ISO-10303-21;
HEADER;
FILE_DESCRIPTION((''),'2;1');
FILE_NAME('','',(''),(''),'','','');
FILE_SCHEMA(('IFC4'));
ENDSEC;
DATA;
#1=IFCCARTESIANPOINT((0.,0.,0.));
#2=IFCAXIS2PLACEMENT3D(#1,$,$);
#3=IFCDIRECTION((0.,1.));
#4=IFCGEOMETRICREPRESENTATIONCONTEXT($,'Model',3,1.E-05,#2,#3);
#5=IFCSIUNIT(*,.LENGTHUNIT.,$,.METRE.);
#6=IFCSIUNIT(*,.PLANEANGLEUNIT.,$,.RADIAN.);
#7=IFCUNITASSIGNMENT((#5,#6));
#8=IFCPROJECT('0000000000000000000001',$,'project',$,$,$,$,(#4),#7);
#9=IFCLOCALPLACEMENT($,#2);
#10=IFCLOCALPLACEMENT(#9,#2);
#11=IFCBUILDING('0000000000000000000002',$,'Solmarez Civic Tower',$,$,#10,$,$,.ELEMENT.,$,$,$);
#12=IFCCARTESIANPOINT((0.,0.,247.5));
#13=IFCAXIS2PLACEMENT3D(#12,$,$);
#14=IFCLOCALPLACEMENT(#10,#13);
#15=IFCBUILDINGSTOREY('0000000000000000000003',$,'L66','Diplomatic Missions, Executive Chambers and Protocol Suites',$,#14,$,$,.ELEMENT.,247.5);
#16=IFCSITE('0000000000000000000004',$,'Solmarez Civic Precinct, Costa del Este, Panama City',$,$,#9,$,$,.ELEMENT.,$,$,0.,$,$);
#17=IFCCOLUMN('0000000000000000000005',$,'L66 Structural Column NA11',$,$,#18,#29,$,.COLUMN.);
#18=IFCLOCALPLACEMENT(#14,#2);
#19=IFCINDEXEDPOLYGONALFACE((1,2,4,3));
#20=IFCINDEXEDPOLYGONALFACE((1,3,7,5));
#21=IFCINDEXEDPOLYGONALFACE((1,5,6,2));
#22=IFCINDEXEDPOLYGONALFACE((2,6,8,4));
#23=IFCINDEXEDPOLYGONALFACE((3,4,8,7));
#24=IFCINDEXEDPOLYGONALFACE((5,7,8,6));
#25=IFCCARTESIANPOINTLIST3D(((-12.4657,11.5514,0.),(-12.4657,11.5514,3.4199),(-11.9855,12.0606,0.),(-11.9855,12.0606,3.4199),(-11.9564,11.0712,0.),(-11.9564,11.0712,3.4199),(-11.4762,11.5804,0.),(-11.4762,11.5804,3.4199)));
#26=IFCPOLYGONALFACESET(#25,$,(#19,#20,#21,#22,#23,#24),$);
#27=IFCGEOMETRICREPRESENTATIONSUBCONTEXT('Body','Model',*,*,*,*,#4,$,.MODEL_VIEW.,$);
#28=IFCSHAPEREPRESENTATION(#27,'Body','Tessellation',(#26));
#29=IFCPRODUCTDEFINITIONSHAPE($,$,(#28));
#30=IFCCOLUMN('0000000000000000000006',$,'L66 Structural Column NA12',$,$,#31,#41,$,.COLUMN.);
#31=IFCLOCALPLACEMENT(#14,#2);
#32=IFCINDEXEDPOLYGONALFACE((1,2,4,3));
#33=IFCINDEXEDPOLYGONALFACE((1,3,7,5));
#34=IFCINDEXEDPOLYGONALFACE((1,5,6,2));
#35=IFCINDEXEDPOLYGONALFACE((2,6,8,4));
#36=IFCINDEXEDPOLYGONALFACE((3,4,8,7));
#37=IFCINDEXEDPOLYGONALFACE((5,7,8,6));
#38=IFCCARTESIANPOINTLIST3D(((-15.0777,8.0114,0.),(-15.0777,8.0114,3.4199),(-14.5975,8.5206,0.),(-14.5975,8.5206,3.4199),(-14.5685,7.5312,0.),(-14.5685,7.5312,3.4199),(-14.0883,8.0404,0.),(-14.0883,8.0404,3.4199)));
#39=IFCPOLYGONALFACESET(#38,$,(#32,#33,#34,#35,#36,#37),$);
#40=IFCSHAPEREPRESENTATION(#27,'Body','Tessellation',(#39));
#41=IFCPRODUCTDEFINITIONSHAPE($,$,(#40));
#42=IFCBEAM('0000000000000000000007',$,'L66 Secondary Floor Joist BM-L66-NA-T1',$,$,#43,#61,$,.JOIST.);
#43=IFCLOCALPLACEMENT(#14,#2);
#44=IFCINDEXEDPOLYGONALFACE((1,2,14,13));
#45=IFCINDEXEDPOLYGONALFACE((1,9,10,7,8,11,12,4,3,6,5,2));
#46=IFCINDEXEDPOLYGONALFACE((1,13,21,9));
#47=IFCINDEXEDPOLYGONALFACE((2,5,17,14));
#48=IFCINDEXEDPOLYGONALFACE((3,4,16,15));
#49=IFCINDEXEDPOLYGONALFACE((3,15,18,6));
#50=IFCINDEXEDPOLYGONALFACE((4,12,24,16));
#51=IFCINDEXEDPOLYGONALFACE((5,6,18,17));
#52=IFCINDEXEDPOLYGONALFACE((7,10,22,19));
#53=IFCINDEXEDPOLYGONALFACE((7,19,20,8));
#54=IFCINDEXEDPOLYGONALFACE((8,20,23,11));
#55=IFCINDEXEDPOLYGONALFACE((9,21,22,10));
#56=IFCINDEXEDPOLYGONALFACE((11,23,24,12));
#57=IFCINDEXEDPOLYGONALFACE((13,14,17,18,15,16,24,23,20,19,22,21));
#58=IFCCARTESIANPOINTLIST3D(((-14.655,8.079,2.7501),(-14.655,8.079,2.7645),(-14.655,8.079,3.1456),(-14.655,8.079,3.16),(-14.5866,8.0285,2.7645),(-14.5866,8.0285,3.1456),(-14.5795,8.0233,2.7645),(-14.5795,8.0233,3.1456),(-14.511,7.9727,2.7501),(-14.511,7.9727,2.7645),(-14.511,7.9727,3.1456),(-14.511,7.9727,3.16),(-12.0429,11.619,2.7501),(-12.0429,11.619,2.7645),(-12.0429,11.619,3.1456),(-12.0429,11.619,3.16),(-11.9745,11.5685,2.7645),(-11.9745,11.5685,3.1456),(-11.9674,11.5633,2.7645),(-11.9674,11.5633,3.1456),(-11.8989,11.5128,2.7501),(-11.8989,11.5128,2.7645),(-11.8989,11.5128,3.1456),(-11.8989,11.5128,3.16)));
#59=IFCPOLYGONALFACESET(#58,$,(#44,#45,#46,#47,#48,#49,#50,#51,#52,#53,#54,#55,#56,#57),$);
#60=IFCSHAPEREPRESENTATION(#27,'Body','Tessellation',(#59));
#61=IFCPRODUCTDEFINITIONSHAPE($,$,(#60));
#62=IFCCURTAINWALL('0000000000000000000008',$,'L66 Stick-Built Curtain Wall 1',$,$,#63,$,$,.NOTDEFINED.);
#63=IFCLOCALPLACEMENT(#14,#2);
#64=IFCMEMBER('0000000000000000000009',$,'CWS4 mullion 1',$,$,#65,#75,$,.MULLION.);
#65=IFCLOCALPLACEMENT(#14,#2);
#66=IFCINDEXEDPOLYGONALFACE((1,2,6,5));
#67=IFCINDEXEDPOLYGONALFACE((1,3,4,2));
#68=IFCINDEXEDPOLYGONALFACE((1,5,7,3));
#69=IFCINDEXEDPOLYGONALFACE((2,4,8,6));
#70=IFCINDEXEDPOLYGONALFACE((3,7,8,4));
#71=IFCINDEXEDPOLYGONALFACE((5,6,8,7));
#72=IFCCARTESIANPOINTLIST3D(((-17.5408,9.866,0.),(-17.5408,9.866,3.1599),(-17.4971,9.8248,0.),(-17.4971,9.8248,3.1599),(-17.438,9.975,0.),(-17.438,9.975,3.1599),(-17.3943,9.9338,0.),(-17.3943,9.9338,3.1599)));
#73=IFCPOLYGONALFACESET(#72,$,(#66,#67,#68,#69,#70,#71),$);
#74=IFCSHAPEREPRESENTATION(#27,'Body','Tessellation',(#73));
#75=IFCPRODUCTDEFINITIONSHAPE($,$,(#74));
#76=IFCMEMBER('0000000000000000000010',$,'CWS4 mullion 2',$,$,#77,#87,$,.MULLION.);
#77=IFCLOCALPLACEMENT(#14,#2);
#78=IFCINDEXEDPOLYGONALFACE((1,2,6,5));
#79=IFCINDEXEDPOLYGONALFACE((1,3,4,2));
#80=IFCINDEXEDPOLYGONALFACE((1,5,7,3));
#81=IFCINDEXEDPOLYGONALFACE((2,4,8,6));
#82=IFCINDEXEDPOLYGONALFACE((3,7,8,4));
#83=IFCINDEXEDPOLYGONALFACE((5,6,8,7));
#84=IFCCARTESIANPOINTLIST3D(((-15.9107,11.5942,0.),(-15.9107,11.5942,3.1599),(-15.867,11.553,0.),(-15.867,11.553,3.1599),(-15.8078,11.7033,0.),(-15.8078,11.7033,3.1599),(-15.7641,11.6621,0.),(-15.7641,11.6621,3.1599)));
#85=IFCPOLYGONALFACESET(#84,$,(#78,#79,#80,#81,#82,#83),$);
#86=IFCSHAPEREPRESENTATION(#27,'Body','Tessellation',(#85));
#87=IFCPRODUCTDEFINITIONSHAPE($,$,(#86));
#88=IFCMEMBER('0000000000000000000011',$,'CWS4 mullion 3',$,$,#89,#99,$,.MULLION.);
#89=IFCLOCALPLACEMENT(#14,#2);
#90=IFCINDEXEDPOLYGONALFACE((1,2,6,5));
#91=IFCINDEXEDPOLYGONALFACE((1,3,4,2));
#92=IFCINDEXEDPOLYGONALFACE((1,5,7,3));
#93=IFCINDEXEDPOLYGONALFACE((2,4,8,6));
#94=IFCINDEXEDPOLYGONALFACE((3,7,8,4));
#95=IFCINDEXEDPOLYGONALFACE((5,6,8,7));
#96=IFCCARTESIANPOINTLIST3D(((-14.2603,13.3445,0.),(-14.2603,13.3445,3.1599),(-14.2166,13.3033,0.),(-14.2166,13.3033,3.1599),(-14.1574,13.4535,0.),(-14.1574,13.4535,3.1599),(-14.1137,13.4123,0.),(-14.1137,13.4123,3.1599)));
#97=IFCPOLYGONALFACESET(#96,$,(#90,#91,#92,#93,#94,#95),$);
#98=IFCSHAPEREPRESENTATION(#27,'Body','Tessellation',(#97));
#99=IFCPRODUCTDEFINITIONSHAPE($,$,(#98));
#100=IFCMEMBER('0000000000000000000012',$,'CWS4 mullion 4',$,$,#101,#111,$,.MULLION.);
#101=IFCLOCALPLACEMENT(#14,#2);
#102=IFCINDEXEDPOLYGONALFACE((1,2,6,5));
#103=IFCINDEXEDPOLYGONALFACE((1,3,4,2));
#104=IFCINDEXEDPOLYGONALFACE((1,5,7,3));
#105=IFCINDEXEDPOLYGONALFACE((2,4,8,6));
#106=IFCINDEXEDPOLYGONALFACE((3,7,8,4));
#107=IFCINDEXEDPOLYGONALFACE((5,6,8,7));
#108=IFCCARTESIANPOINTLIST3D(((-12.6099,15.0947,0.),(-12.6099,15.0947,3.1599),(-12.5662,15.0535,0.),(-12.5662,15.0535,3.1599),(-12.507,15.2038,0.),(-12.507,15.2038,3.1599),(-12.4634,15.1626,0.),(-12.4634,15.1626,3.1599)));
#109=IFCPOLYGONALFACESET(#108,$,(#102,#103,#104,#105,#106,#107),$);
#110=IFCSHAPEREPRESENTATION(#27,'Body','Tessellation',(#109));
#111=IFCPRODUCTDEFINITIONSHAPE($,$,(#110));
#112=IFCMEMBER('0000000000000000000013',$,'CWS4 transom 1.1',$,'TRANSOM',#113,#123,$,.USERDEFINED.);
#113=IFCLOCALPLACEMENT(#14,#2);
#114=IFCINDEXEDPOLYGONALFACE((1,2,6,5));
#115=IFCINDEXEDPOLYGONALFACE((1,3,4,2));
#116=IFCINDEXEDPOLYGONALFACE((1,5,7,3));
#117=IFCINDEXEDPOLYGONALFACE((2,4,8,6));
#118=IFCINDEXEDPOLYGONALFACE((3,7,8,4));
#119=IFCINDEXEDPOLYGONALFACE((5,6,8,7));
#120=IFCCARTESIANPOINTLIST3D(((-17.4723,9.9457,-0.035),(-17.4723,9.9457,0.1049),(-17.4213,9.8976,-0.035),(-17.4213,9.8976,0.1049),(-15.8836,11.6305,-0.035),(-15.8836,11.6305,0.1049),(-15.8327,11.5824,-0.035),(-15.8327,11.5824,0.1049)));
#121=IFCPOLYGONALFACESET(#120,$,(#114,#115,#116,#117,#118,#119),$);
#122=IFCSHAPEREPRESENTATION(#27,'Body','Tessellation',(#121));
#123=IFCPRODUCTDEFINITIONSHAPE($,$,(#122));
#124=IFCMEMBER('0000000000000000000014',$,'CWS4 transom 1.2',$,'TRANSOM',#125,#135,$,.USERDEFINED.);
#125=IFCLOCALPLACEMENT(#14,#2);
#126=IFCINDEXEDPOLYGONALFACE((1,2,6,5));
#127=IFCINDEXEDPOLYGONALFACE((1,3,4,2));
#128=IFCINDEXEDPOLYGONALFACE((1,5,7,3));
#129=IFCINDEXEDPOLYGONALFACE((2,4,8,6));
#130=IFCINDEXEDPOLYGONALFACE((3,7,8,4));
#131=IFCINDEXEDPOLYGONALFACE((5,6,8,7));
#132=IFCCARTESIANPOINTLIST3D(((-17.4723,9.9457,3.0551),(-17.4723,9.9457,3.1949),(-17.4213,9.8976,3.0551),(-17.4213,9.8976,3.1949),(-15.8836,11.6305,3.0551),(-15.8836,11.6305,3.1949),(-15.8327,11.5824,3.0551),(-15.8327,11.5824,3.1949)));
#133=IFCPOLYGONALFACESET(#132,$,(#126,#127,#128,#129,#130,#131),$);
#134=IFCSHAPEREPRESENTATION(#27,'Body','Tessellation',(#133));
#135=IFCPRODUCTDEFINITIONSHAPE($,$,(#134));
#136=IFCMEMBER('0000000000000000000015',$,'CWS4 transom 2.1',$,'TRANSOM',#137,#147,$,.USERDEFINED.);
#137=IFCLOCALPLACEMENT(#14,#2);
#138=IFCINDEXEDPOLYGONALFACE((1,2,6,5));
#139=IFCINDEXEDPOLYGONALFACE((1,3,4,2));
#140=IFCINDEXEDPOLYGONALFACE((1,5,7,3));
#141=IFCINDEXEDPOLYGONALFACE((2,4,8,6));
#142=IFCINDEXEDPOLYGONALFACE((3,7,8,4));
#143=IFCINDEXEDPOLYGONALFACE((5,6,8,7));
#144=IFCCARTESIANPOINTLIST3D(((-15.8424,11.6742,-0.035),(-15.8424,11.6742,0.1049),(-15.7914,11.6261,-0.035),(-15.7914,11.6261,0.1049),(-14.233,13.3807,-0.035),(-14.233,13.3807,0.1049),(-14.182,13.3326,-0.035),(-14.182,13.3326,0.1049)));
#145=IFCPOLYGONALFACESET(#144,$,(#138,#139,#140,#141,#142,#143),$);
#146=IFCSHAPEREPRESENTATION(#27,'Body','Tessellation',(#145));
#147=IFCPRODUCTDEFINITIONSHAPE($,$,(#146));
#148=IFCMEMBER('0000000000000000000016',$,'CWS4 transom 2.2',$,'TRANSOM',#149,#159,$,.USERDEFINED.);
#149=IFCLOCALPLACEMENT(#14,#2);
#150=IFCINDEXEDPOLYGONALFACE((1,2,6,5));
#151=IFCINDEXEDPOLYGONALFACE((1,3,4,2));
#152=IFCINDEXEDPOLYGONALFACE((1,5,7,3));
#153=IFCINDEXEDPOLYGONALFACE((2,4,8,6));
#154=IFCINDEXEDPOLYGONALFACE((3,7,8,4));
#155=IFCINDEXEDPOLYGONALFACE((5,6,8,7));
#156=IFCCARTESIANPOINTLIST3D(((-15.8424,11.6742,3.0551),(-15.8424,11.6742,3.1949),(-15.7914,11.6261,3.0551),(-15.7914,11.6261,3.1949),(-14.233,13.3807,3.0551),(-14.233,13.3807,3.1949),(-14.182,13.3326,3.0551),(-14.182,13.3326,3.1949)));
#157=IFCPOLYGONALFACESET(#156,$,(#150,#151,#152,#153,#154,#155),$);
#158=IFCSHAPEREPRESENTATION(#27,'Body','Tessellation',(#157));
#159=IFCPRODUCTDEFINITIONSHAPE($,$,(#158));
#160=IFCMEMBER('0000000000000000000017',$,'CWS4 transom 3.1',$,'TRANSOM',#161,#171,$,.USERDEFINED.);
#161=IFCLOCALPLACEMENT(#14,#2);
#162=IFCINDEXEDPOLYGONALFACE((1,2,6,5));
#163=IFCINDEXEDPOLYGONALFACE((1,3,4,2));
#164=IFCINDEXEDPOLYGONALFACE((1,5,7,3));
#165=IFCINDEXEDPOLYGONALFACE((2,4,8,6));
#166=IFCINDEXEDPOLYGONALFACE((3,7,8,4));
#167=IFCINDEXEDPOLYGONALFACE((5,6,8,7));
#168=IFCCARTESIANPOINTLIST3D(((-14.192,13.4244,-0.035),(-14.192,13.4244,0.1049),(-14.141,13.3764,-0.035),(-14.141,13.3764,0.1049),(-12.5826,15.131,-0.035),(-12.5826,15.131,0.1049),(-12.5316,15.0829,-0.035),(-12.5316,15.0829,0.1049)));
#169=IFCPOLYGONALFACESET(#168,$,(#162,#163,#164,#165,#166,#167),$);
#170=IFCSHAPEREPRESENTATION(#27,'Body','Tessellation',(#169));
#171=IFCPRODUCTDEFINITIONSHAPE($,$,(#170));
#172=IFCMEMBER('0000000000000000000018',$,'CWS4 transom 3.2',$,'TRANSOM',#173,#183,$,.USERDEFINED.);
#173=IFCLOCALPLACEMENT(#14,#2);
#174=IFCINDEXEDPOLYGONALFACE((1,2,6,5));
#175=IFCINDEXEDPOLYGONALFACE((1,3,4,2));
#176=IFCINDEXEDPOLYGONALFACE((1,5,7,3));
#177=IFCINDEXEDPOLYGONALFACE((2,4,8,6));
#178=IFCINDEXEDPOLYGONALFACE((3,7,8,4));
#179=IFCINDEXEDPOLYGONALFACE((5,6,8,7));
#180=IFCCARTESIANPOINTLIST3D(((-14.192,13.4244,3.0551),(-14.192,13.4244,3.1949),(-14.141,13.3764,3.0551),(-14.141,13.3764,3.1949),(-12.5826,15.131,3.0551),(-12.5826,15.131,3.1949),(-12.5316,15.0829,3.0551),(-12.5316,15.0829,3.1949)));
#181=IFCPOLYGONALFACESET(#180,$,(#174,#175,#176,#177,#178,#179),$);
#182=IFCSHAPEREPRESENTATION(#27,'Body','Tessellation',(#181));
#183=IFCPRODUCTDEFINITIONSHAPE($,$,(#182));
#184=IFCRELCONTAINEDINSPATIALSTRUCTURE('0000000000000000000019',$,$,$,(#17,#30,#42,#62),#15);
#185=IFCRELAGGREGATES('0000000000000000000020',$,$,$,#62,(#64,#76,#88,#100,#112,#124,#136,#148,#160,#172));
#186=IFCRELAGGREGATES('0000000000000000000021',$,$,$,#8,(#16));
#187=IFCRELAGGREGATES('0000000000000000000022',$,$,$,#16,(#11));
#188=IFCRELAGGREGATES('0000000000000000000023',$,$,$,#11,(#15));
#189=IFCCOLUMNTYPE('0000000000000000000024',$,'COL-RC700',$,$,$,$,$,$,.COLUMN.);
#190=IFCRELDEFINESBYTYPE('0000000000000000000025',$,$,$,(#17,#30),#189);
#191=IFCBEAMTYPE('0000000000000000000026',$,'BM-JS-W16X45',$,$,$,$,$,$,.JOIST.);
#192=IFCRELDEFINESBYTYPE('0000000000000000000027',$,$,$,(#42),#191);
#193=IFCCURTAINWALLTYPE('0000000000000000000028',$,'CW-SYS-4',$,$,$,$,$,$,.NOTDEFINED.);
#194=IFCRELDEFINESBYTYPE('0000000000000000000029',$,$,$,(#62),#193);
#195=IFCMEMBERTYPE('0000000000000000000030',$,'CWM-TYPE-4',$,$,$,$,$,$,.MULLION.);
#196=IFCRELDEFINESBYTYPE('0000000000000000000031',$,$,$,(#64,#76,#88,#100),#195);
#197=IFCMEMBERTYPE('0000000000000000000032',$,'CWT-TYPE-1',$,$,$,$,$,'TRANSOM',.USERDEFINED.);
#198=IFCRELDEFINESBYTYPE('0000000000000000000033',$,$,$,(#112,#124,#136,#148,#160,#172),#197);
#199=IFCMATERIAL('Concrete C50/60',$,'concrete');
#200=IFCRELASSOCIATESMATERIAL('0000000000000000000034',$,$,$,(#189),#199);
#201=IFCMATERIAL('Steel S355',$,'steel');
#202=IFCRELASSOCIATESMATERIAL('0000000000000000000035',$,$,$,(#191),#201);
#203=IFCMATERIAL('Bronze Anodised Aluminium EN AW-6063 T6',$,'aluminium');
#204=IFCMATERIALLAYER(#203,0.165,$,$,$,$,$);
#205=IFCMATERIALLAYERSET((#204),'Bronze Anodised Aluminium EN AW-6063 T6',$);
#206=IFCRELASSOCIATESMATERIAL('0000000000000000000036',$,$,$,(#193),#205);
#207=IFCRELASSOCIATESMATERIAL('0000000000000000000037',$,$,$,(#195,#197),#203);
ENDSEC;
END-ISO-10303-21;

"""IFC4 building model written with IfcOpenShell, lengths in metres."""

from ifc_helpers import new_model, si_unit, direction, frame, origin, origin_2d, place, context, subcontext, project, spatial, rectangle, i_section, extrude, material, layer, layer_set, material_profile, profile_set, type_object, element, aggregate, save


model = new_model("IFC4")

# Units and contexts
model_context = context("Model", 3, precision=1e-05, world=origin(), true_north=direction((0.0, 1.0)))
body_context = subcontext(model_context, "Body", "Model", "MODEL_VIEW")
ifc_project = project(units=[si_unit("LENGTHUNIT", "METRE"), si_unit("PLANEANGLEUNIT", "RADIAN")], contexts=[model_context])

# Site, building, storey
site_placement = place(None, origin())
site = spatial("IfcSite", under=ifc_project, at=site_placement, Name="Solmarez Civic Precinct, Costa del Este, Panama City", CompositionType="ELEMENT", RefElevation=0.0)
building_placement = place(site_placement, origin())
building = spatial("IfcBuilding", under=site, at=building_placement, Name="Solmarez Civic Tower", CompositionType="ELEMENT")
storey_placement = place(building_placement, frame((0.0, 0.0, 247.5)))
storey = spatial("IfcBuildingStorey", under=building, at=storey_placement, Name="L66", Description="Diplomatic Missions, Executive Chambers and Protocol Suites", CompositionType="ELEMENT", Elevation=247.5)

# Columns
ifc_material_1 = material(Name="Concrete C50/60", Category="concrete")
ifc_material_profile_1 = material_profile(ifc_material_1, rectangle(XDim=0.7, YDim=0.7, at=origin_2d()), Name="RC700X700")
ifc_profile_set_1 = profile_set([ifc_material_profile_1], Name="Concrete C50/60")
column_type = type_object("IfcColumnType", Name="COL-RC700", PredefinedType="COLUMN", material=ifc_profile_set_1)
for number, where, z_axis, x_axis, name in (
    (1, (-11.9709, 11.5659, 0.0), (0.0, 0.0, 1.0), (0.686072, 0.727533, 0.0), "L66 Structural Column NA11"),
    (2, (-14.583, 8.0259, 0.0), (0.0, 0.0, 1.0), (0.686072, 0.727533, 0.0), "L66 Structural Column NA12"),
):
    element("IfcColumn", number, at=place(storey_placement, frame(where, z_axis=z_axis, x_axis=x_axis)), inside=storey, type_object=column_type, Name=name, PredefinedType="COLUMN", context=body_context, shape_type="SweptSolid", body=[
        extrude(rectangle(XDim=0.7, YDim=0.7, at=origin_2d()), origin(), (0.0, 0.0, 1.0), 3.4199),
    ])

# Beam
ifc_material_2 = material(Name="Steel S355", Category="steel")
ifc_material_profile_2 = material_profile(ifc_material_2, i_section(OverallWidth=0.179, OverallDepth=0.4099, WebThickness=0.0088, FlangeThickness=0.0144, at=origin_2d()), Name="W16X45")
ifc_profile_set_2 = profile_set([ifc_material_profile_2], Name="Steel S355")
beam_type = type_object("IfcBeamType", Name="BM-JS-W16X45", PredefinedType="JOIST", material=ifc_profile_set_2)
beam_placement = place(storey_placement, frame((-11.9709, 11.5659, 2.9551), z_axis=(-0.593731, -0.804664, 0.0), x_axis=(0.804664, -0.593731, 0.0)))
element("IfcBeam", 3, at=beam_placement, inside=storey, type_object=beam_type, Name="L66 Secondary Floor Joist BM-L66-NA-T1", PredefinedType="JOIST", context=body_context, shape_type="SweptSolid", body=[
    extrude(i_section(OverallWidth=0.179, OverallDepth=0.4099, WebThickness=0.0088, FlangeThickness=0.0144, at=origin_2d()), origin(), (0.0, 0.0, 1.0), 4.3994),
])

# Curtain wall, members
ifc_material_3 = material(Name="Bronze Anodised Aluminium EN AW-6063 T6", Category="aluminium")
ifc_layer_1 = layer(ifc_material_3, 0.165)
ifc_layer_set_1 = layer_set([ifc_layer_1], Name="Bronze Anodised Aluminium EN AW-6063 T6")
curtain_wall_type = type_object("IfcCurtainWallType", Name="CW-SYS-4", PredefinedType="NOTDEFINED", material=ifc_layer_set_1)
curtain_wall_placement = place(storey_placement, origin())
curtain_wall = element("IfcCurtainWall", 4, at=curtain_wall_placement, inside=storey, type_object=curtain_wall_type, Name="L66 Stick-Built Curtain Wall 1", PredefinedType="NOTDEFINED")
ifc_material_profile_3 = material_profile(ifc_material_3, rectangle(XDim=0.0601, YDim=0.1499, at=origin_2d()), Name="CWM-60X150")
ifc_profile_set_3 = profile_set([ifc_material_profile_3], Name="Bronze Anodised Aluminium EN AW-6063 T6")
member_type_1 = type_object("IfcMemberType", Name="CWM-TYPE-4", PredefinedType="MULLION", material=ifc_profile_set_3)
member_1_placement = place(storey_placement, frame((-17.4675, 9.8999, 0.0), z_axis=(0.0, 0.0, 1.0), x_axis=(-0.727535, 0.686071, 0.0)))
member_1 = element("IfcMember", 5, at=member_1_placement, type_object=member_type_1, Name="CWS4 mullion 1", PredefinedType="MULLION", context=body_context, shape_type="SweptSolid", body=[
    extrude(rectangle(XDim=0.0601, YDim=0.1499, at=origin_2d()), origin(), (0.0, 0.0, 1.0), 3.1599),
])
member_2_placement = place(storey_placement, frame((-15.8374, 11.6282, 0.0), z_axis=(0.0, 0.0, 1.0), x_axis=(-0.727535, 0.686071, 0.0)))
member_2 = element("IfcMember", 6, at=member_2_placement, type_object=member_type_1, Name="CWS4 mullion 2", PredefinedType="MULLION", context=body_context, shape_type="SweptSolid", body=[
    extrude(rectangle(XDim=0.0601, YDim=0.1499, at=origin_2d()), origin(), (0.0, 0.0, 1.0), 3.1599),
])
member_3_placement = place(storey_placement, frame((-14.187, 13.3784, 0.0), z_axis=(0.0, 0.0, 1.0), x_axis=(-0.727535, 0.686071, 0.0)))
member_3 = element("IfcMember", 7, at=member_3_placement, type_object=member_type_1, Name="CWS4 mullion 3", PredefinedType="MULLION", context=body_context, shape_type="SweptSolid", body=[
    extrude(rectangle(XDim=0.0601, YDim=0.1499, at=origin_2d()), origin(), (0.0, 0.0, 1.0), 3.1599),
])
member_4_placement = place(storey_placement, frame((-12.5366, 15.1287, 0.0), z_axis=(0.0, 0.0, 1.0), x_axis=(-0.727535, 0.686071, 0.0)))
member_4 = element("IfcMember", 8, at=member_4_placement, type_object=member_type_1, Name="CWS4 mullion 4", PredefinedType="MULLION", context=body_context, shape_type="SweptSolid", body=[
    extrude(rectangle(XDim=0.0601, YDim=0.1499, at=origin_2d()), origin(), (0.0, 0.0, 1.0), 3.1599),
])
ifc_material_profile_4 = material_profile(ifc_material_3, rectangle(XDim=0.0701, YDim=0.1399, at=origin_2d()), Name="CWT-70X140")
ifc_profile_set_4 = profile_set([ifc_material_profile_4], Name="Bronze Anodised Aluminium EN AW-6063 T6")
member_type_2 = type_object("IfcMemberType", Name="CWT-TYPE-1", ElementType="TRANSOM", PredefinedType="USERDEFINED", material=ifc_profile_set_4)
member_5_placement = place(storey_placement, frame((-17.4468, 9.9216, 0.0349), z_axis=(0.686032, 0.727571, 0.0), x_axis=(-0.727571, 0.686032, 0.0)))
member_5 = element("IfcMember", 9, at=member_5_placement, type_object=member_type_2, Name="CWS4 transom 1.1", ObjectType="TRANSOM", PredefinedType="USERDEFINED", context=body_context, shape_type="SweptSolid", body=[
    extrude(rectangle(XDim=0.0701, YDim=0.1399, at=origin_2d()), origin(), (0.0, 0.0, 1.0), 2.3157),
])
member_6_placement = place(storey_placement, frame((-17.4468, 9.9216, 3.125), z_axis=(0.686032, 0.727571, 0.0), x_axis=(-0.727571, 0.686032, 0.0)))
member_6 = element("IfcMember", 10, at=member_6_placement, type_object=member_type_2, Name="CWS4 transom 1.2", ObjectType="TRANSOM", PredefinedType="USERDEFINED", context=body_context, shape_type="SweptSolid", body=[
    extrude(rectangle(XDim=0.0701, YDim=0.1399, at=origin_2d()), origin(), (0.0, 0.0, 1.0), 2.3157),
])
member_7_placement = place(storey_placement, frame((-15.8169, 11.6501, 0.0349), z_axis=(0.686092, 0.727515, 0.0), x_axis=(-0.727515, 0.686092, 0.0)))
member_7 = element("IfcMember", 11, at=member_7_placement, type_object=member_type_2, Name="CWS4 transom 2.1", ObjectType="TRANSOM", PredefinedType="USERDEFINED", context=body_context, shape_type="SweptSolid", body=[
    extrude(rectangle(XDim=0.0701, YDim=0.1399, at=origin_2d()), origin(), (0.0, 0.0, 1.0), 2.3457),
])
member_8_placement = place(storey_placement, frame((-15.8169, 11.6501, 3.125), z_axis=(0.686092, 0.727515, 0.0), x_axis=(-0.727515, 0.686092, 0.0)))
member_8 = element("IfcMember", 12, at=member_8_placement, type_object=member_type_2, Name="CWS4 transom 2.2", ObjectType="TRANSOM", PredefinedType="USERDEFINED", context=body_context, shape_type="SweptSolid", body=[
    extrude(rectangle(XDim=0.0701, YDim=0.1399, at=origin_2d()), origin(), (0.0, 0.0, 1.0), 2.3457),
])
member_9_placement = place(storey_placement, frame((-14.1665, 13.4004, 0.0349), z_axis=(0.686092, 0.727515, 0.0), x_axis=(-0.727515, 0.686092, 0.0)))
member_9 = element("IfcMember", 13, at=member_9_placement, type_object=member_type_2, Name="CWS4 transom 3.1", ObjectType="TRANSOM", PredefinedType="USERDEFINED", context=body_context, shape_type="SweptSolid", body=[
    extrude(rectangle(XDim=0.0701, YDim=0.1399, at=origin_2d()), origin(), (0.0, 0.0, 1.0), 2.3457),
])
member_10_placement = place(storey_placement, frame((-14.1665, 13.4004, 3.125), z_axis=(0.686092, 0.727515, 0.0), x_axis=(-0.727515, 0.686092, 0.0)))
member_10 = element("IfcMember", 14, at=member_10_placement, type_object=member_type_2, Name="CWS4 transom 3.2", ObjectType="TRANSOM", PredefinedType="USERDEFINED", context=body_context, shape_type="SweptSolid", body=[
    extrude(rectangle(XDim=0.0701, YDim=0.1399, at=origin_2d()), origin(), (0.0, 0.0, 1.0), 2.3457),
])
aggregate(curtain_wall, [member_1, member_2, member_3, member_4, member_5, member_6, member_7, member_8, member_9, member_10])

save(model, "model.ifc")
